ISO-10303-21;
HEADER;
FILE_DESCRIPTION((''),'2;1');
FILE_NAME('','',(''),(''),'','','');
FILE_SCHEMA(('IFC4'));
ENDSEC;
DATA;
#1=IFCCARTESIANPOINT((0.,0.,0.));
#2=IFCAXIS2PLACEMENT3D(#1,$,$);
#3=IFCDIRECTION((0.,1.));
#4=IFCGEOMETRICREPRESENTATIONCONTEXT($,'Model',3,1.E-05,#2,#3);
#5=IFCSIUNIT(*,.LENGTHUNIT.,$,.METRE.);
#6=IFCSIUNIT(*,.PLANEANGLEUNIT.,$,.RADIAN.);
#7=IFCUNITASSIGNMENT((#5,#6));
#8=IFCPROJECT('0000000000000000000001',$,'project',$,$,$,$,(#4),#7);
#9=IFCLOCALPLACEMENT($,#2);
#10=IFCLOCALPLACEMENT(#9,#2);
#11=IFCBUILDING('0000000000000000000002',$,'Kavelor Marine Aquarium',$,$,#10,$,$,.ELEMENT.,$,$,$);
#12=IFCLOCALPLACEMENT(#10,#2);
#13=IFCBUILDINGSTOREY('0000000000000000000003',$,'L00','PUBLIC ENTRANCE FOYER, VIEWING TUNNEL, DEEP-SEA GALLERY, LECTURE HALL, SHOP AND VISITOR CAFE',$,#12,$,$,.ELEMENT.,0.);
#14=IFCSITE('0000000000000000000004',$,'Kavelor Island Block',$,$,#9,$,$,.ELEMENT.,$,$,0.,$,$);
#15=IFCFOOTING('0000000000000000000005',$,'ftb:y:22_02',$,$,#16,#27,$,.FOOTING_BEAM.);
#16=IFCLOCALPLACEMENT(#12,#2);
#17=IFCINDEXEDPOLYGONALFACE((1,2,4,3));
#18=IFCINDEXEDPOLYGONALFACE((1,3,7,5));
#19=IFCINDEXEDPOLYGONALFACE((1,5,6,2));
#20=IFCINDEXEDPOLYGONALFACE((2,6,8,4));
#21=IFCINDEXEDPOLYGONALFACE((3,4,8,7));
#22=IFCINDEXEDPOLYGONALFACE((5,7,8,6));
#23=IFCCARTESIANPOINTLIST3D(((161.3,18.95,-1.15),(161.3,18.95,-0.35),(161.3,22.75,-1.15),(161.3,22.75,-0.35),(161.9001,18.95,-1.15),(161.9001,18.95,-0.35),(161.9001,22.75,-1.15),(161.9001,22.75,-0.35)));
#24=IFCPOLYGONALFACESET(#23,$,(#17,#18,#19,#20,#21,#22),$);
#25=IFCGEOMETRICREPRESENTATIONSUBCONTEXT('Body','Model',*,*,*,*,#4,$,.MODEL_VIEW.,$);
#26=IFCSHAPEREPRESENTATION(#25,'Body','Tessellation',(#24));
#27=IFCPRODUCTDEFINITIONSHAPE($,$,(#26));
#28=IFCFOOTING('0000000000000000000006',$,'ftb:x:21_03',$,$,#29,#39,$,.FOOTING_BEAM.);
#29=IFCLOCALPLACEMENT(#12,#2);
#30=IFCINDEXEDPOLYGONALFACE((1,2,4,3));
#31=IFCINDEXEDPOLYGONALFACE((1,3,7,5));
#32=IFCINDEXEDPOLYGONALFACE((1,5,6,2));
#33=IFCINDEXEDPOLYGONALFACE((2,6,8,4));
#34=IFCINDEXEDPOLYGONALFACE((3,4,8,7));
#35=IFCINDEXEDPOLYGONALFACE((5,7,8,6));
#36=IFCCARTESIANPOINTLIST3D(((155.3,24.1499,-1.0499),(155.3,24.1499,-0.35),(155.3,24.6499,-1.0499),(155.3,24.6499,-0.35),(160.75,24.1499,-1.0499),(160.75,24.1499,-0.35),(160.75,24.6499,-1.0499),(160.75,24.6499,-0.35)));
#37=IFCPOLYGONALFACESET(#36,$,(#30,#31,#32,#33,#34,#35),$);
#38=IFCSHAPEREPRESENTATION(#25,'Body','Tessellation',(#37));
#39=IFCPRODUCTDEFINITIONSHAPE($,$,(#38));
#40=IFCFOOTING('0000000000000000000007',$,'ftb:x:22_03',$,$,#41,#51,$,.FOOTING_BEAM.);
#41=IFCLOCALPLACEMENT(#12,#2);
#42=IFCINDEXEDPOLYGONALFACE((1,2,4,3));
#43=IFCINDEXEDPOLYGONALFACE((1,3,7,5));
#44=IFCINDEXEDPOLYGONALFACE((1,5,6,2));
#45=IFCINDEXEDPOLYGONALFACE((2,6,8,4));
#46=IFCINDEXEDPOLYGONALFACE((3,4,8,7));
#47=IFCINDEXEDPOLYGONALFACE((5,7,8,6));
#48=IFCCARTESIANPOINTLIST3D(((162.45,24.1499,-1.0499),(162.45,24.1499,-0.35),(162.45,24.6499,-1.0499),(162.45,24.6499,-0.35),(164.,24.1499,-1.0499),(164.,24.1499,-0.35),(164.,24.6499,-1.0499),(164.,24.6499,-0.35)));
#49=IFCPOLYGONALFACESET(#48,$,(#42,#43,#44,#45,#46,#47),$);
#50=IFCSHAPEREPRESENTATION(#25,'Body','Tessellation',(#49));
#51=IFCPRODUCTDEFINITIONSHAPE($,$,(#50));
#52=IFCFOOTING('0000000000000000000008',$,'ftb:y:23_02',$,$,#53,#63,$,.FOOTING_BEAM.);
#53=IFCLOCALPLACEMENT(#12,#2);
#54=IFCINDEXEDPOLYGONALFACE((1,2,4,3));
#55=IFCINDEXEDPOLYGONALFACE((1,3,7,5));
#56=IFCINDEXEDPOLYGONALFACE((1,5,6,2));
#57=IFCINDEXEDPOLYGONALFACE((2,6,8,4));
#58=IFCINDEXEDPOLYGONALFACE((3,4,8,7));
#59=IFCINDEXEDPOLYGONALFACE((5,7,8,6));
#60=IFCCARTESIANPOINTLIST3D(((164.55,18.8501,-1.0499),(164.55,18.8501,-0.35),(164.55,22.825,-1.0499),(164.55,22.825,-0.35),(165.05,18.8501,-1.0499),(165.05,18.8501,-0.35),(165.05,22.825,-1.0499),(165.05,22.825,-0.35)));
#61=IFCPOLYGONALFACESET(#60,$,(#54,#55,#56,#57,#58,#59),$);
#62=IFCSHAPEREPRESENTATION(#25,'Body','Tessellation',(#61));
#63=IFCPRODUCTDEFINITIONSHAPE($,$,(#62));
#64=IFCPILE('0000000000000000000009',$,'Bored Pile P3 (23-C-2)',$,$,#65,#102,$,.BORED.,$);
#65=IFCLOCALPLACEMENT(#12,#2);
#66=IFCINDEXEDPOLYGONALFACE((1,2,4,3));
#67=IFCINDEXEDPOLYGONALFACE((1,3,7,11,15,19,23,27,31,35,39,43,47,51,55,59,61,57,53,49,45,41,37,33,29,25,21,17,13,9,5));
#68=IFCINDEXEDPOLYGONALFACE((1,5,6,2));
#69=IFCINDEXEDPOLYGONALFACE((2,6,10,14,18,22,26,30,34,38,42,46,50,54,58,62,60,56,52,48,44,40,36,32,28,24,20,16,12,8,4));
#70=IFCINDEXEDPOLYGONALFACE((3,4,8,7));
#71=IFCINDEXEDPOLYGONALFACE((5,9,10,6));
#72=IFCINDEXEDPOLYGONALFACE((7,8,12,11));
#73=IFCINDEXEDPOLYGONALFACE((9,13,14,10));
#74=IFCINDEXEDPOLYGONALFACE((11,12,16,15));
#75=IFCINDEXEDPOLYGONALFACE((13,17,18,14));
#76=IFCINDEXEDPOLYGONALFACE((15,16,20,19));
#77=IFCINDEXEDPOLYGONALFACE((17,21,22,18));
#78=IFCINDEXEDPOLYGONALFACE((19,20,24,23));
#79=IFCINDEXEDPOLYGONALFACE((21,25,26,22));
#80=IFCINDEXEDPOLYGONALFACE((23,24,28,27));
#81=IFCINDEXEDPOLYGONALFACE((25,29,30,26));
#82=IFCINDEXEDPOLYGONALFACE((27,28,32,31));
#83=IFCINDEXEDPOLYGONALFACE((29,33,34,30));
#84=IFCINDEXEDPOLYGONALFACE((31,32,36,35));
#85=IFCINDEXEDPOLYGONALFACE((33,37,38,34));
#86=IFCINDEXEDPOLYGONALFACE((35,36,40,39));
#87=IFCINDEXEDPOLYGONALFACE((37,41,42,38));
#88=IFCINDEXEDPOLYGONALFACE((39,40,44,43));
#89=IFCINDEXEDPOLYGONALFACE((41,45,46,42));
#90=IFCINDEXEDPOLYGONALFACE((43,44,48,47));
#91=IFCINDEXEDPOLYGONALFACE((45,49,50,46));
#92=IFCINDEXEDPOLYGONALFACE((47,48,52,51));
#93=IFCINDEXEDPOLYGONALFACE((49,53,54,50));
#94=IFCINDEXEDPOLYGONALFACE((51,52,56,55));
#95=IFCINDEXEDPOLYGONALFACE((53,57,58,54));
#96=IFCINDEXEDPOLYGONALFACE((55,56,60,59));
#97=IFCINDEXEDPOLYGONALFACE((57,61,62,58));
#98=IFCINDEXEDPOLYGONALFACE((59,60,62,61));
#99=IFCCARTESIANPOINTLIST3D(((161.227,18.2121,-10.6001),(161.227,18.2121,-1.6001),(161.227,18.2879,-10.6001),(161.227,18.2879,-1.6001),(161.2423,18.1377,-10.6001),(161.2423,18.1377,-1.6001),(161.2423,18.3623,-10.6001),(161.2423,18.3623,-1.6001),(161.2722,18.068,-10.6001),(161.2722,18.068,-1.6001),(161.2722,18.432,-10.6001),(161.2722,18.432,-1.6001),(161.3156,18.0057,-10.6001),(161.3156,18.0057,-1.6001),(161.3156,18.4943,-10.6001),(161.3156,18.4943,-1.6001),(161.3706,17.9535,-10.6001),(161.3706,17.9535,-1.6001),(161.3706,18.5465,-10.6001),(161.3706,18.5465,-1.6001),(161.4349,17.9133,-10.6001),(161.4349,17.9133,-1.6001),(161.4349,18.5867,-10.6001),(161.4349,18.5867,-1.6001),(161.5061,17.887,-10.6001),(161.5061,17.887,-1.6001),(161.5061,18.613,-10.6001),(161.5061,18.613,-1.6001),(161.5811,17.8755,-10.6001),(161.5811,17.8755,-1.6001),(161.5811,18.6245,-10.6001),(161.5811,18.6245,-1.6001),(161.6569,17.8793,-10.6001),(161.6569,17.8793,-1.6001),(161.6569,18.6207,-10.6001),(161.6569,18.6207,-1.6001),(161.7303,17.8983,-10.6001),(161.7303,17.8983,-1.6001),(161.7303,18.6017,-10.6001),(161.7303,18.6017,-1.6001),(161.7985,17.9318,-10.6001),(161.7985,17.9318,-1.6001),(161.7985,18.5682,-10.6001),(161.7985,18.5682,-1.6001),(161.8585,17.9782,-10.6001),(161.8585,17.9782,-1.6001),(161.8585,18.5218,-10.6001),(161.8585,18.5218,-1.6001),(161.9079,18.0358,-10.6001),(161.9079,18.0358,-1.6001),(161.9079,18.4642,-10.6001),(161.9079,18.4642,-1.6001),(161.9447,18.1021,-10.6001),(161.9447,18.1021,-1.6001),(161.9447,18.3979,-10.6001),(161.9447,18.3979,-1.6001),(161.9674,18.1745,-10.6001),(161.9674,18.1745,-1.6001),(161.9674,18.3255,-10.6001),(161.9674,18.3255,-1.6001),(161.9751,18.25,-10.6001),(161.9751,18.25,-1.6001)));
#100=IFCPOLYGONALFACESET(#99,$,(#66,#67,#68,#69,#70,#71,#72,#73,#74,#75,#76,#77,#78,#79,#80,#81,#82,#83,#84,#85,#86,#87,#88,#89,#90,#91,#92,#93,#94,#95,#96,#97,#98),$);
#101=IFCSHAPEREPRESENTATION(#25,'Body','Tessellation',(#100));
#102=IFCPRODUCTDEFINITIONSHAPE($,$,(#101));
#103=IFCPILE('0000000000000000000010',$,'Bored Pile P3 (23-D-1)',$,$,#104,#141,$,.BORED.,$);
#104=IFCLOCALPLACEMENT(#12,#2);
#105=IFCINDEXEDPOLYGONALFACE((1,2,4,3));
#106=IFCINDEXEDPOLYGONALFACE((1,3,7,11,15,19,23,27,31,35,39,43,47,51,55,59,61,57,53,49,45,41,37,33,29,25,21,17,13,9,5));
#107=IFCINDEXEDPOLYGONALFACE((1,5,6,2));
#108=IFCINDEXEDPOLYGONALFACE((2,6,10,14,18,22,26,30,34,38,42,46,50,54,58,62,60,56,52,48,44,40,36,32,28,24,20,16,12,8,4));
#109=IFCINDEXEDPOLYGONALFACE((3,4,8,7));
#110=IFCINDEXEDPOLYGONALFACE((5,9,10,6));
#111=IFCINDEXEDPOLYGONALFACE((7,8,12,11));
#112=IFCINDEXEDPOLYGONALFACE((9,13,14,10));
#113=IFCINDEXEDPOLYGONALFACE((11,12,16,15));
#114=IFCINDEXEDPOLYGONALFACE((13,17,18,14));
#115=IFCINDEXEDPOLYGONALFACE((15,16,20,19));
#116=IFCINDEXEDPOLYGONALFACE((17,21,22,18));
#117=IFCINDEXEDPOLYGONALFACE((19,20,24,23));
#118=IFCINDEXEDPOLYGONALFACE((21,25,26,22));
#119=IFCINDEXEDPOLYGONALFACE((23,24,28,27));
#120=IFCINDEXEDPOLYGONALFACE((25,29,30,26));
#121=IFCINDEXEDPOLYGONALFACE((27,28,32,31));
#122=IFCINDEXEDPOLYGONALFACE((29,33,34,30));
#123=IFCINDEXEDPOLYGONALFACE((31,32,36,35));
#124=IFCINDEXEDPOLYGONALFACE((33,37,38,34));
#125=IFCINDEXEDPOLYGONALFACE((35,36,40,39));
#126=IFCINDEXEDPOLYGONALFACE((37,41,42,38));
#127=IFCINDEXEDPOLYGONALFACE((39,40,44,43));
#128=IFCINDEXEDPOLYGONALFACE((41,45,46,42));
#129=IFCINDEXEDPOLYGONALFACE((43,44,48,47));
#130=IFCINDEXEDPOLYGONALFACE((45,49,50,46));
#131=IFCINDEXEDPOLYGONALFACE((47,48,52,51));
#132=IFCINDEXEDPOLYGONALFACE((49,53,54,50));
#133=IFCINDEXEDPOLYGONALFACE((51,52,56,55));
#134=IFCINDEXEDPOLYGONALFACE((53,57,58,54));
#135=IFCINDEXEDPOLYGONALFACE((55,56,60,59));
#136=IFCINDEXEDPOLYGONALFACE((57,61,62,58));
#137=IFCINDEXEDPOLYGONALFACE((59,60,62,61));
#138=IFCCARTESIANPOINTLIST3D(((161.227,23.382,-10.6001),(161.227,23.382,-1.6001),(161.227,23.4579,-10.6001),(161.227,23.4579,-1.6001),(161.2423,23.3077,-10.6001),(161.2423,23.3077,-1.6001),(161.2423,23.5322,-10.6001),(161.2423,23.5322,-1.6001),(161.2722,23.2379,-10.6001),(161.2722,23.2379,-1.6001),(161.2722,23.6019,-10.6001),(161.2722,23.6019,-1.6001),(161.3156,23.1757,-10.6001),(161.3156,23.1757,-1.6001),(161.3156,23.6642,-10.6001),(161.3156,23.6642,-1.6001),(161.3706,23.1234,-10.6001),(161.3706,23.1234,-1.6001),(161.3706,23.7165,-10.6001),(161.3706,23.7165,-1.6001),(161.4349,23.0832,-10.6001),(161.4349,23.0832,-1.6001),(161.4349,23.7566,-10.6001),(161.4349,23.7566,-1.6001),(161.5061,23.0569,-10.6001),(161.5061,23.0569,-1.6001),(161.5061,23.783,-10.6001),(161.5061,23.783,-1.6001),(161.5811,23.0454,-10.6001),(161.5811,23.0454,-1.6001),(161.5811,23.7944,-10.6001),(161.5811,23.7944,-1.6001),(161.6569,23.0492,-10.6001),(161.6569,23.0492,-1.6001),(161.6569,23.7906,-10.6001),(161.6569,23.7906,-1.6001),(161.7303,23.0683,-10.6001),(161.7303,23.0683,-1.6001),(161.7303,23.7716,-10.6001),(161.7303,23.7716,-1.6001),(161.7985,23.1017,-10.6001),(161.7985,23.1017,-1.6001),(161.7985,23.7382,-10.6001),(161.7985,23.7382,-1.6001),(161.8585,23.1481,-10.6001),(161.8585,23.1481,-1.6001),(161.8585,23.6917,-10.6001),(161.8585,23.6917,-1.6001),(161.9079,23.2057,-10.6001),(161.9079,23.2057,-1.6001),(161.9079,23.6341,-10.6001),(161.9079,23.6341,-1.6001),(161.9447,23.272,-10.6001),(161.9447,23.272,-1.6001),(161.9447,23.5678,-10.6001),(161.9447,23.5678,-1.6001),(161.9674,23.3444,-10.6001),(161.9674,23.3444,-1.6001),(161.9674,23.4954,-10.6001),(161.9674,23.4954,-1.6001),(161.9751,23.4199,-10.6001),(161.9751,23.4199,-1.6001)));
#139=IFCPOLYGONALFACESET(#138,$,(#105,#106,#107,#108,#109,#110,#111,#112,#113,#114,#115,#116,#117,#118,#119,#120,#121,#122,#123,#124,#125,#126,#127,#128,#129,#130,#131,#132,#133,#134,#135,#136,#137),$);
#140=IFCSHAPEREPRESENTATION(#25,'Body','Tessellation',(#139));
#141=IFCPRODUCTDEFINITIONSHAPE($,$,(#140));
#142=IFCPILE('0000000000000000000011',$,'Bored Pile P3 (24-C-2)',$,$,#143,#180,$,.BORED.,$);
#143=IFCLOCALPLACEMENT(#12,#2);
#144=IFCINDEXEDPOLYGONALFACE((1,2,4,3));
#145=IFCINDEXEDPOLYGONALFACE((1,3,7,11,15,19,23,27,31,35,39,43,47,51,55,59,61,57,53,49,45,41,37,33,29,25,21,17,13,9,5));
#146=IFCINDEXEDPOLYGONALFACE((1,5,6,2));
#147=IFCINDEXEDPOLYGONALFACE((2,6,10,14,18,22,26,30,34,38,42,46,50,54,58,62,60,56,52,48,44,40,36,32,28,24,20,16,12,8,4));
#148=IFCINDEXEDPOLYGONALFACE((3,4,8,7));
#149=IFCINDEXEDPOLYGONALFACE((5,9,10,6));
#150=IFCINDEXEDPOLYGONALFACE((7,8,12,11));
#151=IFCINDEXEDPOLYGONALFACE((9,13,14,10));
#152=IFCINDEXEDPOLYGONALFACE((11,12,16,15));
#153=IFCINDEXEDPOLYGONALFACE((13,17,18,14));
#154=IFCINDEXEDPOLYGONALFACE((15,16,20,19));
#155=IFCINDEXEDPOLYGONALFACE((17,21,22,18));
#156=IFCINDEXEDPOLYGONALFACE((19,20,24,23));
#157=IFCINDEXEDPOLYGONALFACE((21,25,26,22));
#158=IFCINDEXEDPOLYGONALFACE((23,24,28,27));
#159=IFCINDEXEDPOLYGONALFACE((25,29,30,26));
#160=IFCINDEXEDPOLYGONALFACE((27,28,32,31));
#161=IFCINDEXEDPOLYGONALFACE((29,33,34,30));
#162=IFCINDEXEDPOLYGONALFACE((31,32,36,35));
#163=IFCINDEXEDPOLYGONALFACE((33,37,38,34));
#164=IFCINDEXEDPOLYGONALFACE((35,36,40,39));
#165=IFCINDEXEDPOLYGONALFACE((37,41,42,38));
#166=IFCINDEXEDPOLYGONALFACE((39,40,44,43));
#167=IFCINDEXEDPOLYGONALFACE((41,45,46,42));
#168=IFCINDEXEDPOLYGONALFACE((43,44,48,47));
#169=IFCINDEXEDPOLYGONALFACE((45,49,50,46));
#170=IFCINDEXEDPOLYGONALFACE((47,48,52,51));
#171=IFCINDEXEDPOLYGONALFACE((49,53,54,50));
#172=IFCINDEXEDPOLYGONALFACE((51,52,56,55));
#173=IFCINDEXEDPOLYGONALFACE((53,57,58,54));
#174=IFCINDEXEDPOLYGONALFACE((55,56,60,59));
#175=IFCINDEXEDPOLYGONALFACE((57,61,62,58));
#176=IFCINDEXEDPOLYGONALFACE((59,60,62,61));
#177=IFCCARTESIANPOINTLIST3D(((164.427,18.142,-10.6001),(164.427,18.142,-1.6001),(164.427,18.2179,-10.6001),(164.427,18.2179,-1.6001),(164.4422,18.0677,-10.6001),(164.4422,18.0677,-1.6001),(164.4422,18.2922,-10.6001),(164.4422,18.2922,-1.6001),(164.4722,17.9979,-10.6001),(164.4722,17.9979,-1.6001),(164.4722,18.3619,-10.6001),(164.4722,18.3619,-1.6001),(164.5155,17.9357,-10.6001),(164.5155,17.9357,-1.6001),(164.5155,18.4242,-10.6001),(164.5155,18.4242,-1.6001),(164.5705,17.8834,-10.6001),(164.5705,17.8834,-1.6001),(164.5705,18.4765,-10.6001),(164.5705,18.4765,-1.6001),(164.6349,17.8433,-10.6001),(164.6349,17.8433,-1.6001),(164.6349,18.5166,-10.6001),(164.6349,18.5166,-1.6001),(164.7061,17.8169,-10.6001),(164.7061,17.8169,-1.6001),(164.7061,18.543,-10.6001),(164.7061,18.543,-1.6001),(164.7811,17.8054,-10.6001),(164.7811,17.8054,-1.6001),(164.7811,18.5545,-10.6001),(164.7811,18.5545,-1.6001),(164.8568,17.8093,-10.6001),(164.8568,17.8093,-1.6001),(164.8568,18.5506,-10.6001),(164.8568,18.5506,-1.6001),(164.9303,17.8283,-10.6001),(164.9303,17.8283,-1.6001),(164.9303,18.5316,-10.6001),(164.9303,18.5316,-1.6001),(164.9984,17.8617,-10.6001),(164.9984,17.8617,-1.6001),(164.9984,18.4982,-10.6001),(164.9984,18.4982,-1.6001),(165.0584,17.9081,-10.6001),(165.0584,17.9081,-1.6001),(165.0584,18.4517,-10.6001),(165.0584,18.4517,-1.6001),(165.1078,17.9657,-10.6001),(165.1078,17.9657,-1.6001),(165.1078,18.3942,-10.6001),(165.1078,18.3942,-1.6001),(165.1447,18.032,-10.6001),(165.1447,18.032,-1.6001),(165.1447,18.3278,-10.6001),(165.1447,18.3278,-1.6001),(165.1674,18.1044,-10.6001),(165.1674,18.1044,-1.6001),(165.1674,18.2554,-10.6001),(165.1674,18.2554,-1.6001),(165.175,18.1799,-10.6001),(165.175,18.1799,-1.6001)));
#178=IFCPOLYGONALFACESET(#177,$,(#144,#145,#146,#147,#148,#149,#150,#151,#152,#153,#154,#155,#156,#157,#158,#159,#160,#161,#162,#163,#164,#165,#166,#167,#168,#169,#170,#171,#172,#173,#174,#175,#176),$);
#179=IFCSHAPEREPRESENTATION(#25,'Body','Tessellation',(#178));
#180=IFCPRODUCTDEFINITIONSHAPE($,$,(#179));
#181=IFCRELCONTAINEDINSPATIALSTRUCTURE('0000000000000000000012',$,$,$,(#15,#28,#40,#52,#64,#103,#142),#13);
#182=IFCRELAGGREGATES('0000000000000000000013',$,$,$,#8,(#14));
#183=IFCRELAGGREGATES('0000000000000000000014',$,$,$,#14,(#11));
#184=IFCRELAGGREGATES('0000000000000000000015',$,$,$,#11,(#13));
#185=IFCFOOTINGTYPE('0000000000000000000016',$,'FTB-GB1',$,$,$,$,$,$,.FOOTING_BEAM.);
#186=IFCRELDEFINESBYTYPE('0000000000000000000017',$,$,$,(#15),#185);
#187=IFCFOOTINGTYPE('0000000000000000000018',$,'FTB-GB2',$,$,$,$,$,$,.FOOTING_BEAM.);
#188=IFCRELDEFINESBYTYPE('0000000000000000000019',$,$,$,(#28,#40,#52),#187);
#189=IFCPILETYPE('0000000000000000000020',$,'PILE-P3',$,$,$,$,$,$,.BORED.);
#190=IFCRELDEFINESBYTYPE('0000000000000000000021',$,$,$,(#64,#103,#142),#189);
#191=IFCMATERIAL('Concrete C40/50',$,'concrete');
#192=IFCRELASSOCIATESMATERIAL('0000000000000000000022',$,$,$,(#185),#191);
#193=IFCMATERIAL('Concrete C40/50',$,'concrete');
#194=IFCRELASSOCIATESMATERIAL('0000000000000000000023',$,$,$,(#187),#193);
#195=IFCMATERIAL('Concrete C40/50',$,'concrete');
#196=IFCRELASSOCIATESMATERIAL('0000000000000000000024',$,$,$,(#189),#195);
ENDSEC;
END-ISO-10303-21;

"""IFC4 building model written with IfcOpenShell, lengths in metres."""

from ifc_helpers import new_model, si_unit, direction, frame, origin, origin_2d, place, context, subcontext, project, spatial, rectangle, circle, extrude, material, material_profile, profile_set, type_object, element, save


model = new_model("IFC4")

# Units and contexts
model_context = context("Model", 3, precision=1e-05, world=origin(), true_north=direction((0.0, 1.0)))
body_context = subcontext(model_context, "Body", "Model", "MODEL_VIEW")
ifc_project = project(units=[si_unit("LENGTHUNIT", "METRE"), si_unit("PLANEANGLEUNIT", "RADIAN")], contexts=[model_context])

# Site, building, storey
site_placement = place(None, origin())
site = spatial("IfcSite", under=ifc_project, at=site_placement, Name="Kavelor Island Block", CompositionType="ELEMENT", RefElevation=0.0)
building_placement = place(site_placement, origin())
building = spatial("IfcBuilding", under=site, at=building_placement, Name="Kavelor Marine Aquarium", CompositionType="ELEMENT")
storey_placement = place(building_placement, origin())
storey = spatial("IfcBuildingStorey", under=building, at=storey_placement, Name="L00", Description="PUBLIC ENTRANCE FOYER, VIEWING TUNNEL, DEEP-SEA GALLERY, LECTURE HALL, SHOP AND VISITOR CAFE", CompositionType="ELEMENT", Elevation=0.0)

# Footings
ifc_material_1 = material(Name="Concrete C40/50", Category="concrete")
ifc_material_profile_1 = material_profile(ifc_material_1, rectangle(XDim=0.6001, YDim=0.8, at=origin_2d()), Name="GB 600x800")
ifc_profile_set_1 = profile_set([ifc_material_profile_1], Name="Concrete C40/50")
footing_type_1 = type_object("IfcFootingType", Name="FTB-GB1", PredefinedType="FOOTING_BEAM", material=ifc_profile_set_1)
footing_1_placement = place(storey_placement, frame((161.6001, 18.95, -0.75), z_axis=(0.0, 1.0, 0.0), x_axis=(-1.0, 0.0, 0.0)))
element("IfcFooting", 1, at=footing_1_placement, inside=storey, type_object=footing_type_1, Name="ftb:y:22_02", PredefinedType="FOOTING_BEAM", context=body_context, shape_type="SweptSolid", body=[
    extrude(rectangle(XDim=0.6001, YDim=0.8, at=origin_2d()), origin(), (0.0, 0.0, 1.0), 3.8),
])
ifc_material_2 = material(Name="Concrete C40/50", Category="concrete")
ifc_material_profile_2 = material_profile(ifc_material_2, rectangle(XDim=0.5, YDim=0.7, at=origin_2d()), Name="GB 500x700")
ifc_profile_set_2 = profile_set([ifc_material_profile_2], Name="Concrete C40/50")
footing_type_2 = type_object("IfcFootingType", Name="FTB-GB2", PredefinedType="FOOTING_BEAM", material=ifc_profile_set_2)
footing_2_placement = place(storey_placement, frame((155.3, 24.3999, -0.7), z_axis=(1.0, 0.0, 0.0), x_axis=(0.0, 1.0, 0.0)))
element("IfcFooting", 2, at=footing_2_placement, inside=storey, type_object=footing_type_2, Name="ftb:x:21_03", PredefinedType="FOOTING_BEAM", context=body_context, shape_type="SweptSolid", body=[
    extrude(rectangle(XDim=0.5, YDim=0.7, at=origin_2d()), origin(), (0.0, 0.0, 1.0), 5.45),
])
footing_3_placement = place(storey_placement, frame((162.45, 24.3999, -0.7), z_axis=(1.0, 0.0, 0.0), x_axis=(0.0, 1.0, 0.0)))
element("IfcFooting", 3, at=footing_3_placement, inside=storey, type_object=footing_type_2, Name="ftb:x:22_03", PredefinedType="FOOTING_BEAM", context=body_context, shape_type="SweptSolid", body=[
    extrude(rectangle(XDim=0.5, YDim=0.7, at=origin_2d()), origin(), (0.0, 0.0, 1.0), 1.55),
])
footing_4_placement = place(storey_placement, frame((164.8, 18.8501, -0.7), z_axis=(0.0, 1.0, 0.0), x_axis=(-1.0, 0.0, 0.0)))
element("IfcFooting", 4, at=footing_4_placement, inside=storey, type_object=footing_type_2, Name="ftb:y:23_02", PredefinedType="FOOTING_BEAM", context=body_context, shape_type="SweptSolid", body=[
    extrude(rectangle(XDim=0.5, YDim=0.7, at=origin_2d()), origin(), (0.0, 0.0, 1.0), 3.9749),
])

# Piles
ifc_material_3 = material(Name="Concrete C40/50", Category="concrete")
ifc_material_profile_3 = material_profile(ifc_material_3, circle(Radius=0.375, at=origin_2d()), Name="PILE D750")
ifc_profile_set_3 = profile_set([ifc_material_profile_3], Name="Concrete C40/50")
pile_type = type_object("IfcPileType", Name="PILE-P3", PredefinedType="BORED", material=ifc_profile_set_3)
for number, where, z_axis, x_axis, name in (
    (5, (161.6001, 18.25, -1.6001), (0.0, 0.0, -1.0), (1.0, 0.0, 0.0), "Bored Pile P3 (23-C-2)"),
    (6, (161.6001, 23.4199, -1.6001), (0.0, 0.0, -1.0), (1.0, 0.0, 0.0), "Bored Pile P3 (23-D-1)"),
    (7, (164.8, 18.1799, -1.6001), (0.0, 0.0, -1.0), (1.0, 0.0, 0.0), "Bored Pile P3 (24-C-2)"),
):
    element("IfcPile", number, at=place(storey_placement, frame(where, z_axis=z_axis, x_axis=x_axis)), inside=storey, type_object=pile_type, Name=name, PredefinedType="BORED", context=body_context, shape_type="SweptSolid", body=[
        extrude(circle(Radius=0.375, at=origin_2d()), origin(), (0.0, 0.0, 1.0), 9.0),
    ])

save(model, "model.ifc")
